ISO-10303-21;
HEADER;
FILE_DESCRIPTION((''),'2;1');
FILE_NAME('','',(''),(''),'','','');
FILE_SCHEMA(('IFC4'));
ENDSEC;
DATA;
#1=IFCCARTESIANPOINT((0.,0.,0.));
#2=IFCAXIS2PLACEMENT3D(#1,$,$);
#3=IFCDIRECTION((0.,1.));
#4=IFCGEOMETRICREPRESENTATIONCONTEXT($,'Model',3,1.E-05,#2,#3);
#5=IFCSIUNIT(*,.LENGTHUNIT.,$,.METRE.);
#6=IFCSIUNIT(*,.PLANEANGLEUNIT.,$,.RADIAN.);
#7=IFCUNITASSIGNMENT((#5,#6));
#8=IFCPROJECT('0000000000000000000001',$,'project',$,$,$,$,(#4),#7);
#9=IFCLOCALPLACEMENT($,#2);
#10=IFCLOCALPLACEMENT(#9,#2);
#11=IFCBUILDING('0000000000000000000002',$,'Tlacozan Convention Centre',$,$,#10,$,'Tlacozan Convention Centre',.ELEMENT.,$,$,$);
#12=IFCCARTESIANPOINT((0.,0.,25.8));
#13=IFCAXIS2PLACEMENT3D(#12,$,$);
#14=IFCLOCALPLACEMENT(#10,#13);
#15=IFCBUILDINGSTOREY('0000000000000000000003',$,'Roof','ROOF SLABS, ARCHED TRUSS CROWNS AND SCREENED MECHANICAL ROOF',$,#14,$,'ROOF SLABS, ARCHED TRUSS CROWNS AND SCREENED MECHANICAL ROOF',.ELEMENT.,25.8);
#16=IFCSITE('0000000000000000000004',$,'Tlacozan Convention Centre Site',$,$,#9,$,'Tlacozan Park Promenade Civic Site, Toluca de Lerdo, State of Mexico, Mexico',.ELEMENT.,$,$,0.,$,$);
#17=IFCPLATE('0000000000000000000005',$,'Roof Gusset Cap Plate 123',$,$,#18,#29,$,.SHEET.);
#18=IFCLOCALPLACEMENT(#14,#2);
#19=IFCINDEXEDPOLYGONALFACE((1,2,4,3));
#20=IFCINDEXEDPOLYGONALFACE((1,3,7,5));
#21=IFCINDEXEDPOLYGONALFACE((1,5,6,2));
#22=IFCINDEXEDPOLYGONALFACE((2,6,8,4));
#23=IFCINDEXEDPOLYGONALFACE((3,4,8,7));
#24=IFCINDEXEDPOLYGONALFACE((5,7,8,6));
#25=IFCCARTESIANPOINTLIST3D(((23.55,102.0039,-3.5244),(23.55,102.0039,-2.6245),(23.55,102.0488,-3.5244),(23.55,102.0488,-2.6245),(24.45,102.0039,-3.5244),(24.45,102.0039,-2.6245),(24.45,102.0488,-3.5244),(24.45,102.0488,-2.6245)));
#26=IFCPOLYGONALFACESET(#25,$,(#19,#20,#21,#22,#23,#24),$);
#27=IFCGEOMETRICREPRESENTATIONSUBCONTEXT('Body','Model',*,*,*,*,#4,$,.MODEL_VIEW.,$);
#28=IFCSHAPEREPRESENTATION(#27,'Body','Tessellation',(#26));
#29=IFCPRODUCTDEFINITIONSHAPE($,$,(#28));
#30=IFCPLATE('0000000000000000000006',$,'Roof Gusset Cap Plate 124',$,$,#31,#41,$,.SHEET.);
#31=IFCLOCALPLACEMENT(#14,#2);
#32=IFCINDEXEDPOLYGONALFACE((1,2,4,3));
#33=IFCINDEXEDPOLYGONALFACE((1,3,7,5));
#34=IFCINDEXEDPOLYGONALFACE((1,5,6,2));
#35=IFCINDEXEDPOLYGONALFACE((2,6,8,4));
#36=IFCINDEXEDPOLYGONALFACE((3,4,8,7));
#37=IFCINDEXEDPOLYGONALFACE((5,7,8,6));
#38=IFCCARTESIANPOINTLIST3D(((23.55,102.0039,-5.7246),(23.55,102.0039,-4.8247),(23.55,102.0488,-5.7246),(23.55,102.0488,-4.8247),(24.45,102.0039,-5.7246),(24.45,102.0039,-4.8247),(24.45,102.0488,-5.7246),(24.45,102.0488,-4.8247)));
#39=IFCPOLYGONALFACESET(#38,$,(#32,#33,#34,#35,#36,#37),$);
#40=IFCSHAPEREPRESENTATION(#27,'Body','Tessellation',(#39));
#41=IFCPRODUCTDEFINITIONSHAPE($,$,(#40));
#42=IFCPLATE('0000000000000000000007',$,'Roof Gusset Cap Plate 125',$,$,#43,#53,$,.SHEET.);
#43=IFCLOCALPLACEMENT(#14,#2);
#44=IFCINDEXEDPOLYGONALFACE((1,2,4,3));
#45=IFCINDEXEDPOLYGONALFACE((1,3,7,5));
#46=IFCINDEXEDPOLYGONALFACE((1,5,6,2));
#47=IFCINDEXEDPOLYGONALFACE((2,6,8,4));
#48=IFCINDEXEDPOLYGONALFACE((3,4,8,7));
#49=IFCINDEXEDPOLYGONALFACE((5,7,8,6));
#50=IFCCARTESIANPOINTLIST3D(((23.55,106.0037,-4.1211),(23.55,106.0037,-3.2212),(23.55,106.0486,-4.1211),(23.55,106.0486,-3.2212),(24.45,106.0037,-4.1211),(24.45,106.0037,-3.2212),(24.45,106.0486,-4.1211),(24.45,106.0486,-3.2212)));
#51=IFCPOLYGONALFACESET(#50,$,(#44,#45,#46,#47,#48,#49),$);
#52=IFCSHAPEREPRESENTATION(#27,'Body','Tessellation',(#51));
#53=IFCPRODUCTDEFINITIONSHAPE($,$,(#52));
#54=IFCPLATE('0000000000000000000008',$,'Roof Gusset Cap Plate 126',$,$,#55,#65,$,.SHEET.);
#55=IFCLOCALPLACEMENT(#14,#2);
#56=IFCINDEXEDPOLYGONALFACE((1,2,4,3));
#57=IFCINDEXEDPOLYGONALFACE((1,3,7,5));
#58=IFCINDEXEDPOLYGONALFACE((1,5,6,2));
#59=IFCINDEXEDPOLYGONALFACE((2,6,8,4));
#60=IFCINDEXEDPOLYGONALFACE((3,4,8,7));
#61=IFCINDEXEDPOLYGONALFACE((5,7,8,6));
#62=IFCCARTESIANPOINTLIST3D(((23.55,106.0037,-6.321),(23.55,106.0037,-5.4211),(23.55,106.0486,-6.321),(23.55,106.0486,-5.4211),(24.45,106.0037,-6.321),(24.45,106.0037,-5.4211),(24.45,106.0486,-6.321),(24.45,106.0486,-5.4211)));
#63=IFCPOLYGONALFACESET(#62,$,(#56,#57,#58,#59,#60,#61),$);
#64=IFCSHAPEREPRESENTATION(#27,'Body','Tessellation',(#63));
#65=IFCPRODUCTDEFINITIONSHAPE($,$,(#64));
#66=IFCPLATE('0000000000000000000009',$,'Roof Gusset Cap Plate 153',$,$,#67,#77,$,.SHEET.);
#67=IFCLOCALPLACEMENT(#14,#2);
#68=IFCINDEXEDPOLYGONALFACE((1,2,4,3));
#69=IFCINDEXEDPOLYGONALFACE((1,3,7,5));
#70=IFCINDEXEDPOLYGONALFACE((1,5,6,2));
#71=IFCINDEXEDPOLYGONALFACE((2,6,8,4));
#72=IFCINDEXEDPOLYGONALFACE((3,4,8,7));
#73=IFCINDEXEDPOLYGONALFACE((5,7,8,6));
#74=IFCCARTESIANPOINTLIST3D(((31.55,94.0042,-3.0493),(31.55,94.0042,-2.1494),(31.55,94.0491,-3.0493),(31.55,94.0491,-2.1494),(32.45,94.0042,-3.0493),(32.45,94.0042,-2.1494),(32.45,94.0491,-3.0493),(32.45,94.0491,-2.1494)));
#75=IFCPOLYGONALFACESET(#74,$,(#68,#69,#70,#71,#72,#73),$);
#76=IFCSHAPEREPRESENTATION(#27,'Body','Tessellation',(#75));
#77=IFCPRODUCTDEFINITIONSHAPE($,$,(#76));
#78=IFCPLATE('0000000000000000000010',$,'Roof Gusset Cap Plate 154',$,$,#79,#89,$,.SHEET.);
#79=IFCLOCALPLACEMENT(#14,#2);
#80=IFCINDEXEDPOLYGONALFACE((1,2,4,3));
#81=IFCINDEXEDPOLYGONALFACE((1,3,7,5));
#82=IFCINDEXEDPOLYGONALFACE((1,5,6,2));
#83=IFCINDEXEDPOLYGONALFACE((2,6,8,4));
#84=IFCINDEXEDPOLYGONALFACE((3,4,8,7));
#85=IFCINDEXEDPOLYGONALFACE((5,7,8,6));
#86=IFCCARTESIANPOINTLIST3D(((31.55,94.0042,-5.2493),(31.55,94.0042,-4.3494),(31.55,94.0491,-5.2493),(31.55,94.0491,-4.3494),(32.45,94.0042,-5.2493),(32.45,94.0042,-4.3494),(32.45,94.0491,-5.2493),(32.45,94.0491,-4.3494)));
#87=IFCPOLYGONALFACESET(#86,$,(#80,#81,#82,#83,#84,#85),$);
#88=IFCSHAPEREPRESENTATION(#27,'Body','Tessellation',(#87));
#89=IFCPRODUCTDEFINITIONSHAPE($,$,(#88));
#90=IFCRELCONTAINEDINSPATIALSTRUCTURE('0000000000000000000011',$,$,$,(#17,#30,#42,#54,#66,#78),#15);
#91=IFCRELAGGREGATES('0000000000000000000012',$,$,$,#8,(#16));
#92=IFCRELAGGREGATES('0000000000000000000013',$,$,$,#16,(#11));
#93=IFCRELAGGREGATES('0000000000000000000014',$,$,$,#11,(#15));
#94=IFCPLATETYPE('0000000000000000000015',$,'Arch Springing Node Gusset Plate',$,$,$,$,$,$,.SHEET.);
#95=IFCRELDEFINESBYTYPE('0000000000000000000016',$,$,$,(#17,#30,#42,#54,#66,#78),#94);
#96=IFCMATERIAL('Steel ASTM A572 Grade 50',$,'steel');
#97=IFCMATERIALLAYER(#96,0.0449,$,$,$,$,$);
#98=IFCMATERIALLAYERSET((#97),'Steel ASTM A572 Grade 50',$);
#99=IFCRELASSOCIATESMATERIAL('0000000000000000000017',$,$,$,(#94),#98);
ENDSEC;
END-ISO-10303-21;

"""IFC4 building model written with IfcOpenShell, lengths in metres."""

from ifc_helpers import new_model, si_unit, direction, frame, origin, origin_2d, place, context, subcontext, project, spatial, rectangle, extrude, material, layer, layer_set, type_object, element, save


model = new_model("IFC4")

# Units and contexts
model_context = context("Model", 3, precision=1e-05, world=origin(), true_north=direction((0.0, 1.0)))
body_context = subcontext(model_context, "Body", "Model", "MODEL_VIEW")
ifc_project = project(units=[si_unit("LENGTHUNIT", "METRE"), si_unit("PLANEANGLEUNIT", "RADIAN")], contexts=[model_context])

# Site, building, storey
site_placement = place(None, origin())
site = spatial("IfcSite", under=ifc_project, at=site_placement, Name="Tlacozan Convention Centre Site", LongName="Tlacozan Park Promenade Civic Site, Toluca de Lerdo, State of Mexico, Mexico", CompositionType="ELEMENT", RefElevation=0.0)
building_placement = place(site_placement, origin())
building = spatial("IfcBuilding", under=site, at=building_placement, Name="Tlacozan Convention Centre", LongName="Tlacozan Convention Centre", CompositionType="ELEMENT")
storey_placement = place(building_placement, frame((0.0, 0.0, 25.8)))
storey = spatial("IfcBuildingStorey", under=building, at=storey_placement, Name="Roof", Description="ROOF SLABS, ARCHED TRUSS CROWNS AND SCREENED MECHANICAL ROOF", LongName="ROOF SLABS, ARCHED TRUSS CROWNS AND SCREENED MECHANICAL ROOF", CompositionType="ELEMENT", Elevation=25.8)

# Plates
ifc_material_1 = material(Name="Steel ASTM A572 Grade 50", Category="steel")
ifc_layer = layer(ifc_material_1, 0.0449)
ifc_layer_set = layer_set([ifc_layer], Name="Steel ASTM A572 Grade 50")
plate_type = type_object("IfcPlateType", Name="Arch Springing Node Gusset Plate", PredefinedType="SHEET", material=ifc_layer_set)
for number, where, z_axis, x_axis, name in (
    (1, (24.0, 102.0264, -3.5244), (0.0, 0.0, 1.0), (0.0, 1.0, 0.0), "Roof Gusset Cap Plate 123"),
    (2, (24.0, 102.0264, -5.7246), (0.0, 0.0, 1.0), (0.0, 1.0, 0.0), "Roof Gusset Cap Plate 124"),
    (3, (24.0, 106.0261, -4.1211), (0.0, 0.0, 1.0), (0.0, 1.0, 0.0), "Roof Gusset Cap Plate 125"),
    (4, (24.0, 106.0261, -6.321), (0.0, 0.0, 1.0), (0.0, 1.0, 0.0), "Roof Gusset Cap Plate 126"),
    (5, (32.0, 94.0266, -3.0493), (0.0, 0.0, 1.0), (0.0, 1.0, 0.0), "Roof Gusset Cap Plate 153"),
    (6, (32.0, 94.0266, -5.2493), (0.0, 0.0, 1.0), (0.0, 1.0, 0.0), "Roof Gusset Cap Plate 154"),
):
    element("IfcPlate", number, at=place(storey_placement, frame(where, z_axis=z_axis, x_axis=x_axis)), inside=storey, type_object=plate_type, Name=name, PredefinedType="SHEET", context=body_context, shape_type="SweptSolid", body=[
        extrude(rectangle(XDim=0.0449, YDim=0.8999, at=origin_2d()), origin(), (0.0, 0.0, 1.0), 0.8999),
    ])

save(model, "model.ifc")
